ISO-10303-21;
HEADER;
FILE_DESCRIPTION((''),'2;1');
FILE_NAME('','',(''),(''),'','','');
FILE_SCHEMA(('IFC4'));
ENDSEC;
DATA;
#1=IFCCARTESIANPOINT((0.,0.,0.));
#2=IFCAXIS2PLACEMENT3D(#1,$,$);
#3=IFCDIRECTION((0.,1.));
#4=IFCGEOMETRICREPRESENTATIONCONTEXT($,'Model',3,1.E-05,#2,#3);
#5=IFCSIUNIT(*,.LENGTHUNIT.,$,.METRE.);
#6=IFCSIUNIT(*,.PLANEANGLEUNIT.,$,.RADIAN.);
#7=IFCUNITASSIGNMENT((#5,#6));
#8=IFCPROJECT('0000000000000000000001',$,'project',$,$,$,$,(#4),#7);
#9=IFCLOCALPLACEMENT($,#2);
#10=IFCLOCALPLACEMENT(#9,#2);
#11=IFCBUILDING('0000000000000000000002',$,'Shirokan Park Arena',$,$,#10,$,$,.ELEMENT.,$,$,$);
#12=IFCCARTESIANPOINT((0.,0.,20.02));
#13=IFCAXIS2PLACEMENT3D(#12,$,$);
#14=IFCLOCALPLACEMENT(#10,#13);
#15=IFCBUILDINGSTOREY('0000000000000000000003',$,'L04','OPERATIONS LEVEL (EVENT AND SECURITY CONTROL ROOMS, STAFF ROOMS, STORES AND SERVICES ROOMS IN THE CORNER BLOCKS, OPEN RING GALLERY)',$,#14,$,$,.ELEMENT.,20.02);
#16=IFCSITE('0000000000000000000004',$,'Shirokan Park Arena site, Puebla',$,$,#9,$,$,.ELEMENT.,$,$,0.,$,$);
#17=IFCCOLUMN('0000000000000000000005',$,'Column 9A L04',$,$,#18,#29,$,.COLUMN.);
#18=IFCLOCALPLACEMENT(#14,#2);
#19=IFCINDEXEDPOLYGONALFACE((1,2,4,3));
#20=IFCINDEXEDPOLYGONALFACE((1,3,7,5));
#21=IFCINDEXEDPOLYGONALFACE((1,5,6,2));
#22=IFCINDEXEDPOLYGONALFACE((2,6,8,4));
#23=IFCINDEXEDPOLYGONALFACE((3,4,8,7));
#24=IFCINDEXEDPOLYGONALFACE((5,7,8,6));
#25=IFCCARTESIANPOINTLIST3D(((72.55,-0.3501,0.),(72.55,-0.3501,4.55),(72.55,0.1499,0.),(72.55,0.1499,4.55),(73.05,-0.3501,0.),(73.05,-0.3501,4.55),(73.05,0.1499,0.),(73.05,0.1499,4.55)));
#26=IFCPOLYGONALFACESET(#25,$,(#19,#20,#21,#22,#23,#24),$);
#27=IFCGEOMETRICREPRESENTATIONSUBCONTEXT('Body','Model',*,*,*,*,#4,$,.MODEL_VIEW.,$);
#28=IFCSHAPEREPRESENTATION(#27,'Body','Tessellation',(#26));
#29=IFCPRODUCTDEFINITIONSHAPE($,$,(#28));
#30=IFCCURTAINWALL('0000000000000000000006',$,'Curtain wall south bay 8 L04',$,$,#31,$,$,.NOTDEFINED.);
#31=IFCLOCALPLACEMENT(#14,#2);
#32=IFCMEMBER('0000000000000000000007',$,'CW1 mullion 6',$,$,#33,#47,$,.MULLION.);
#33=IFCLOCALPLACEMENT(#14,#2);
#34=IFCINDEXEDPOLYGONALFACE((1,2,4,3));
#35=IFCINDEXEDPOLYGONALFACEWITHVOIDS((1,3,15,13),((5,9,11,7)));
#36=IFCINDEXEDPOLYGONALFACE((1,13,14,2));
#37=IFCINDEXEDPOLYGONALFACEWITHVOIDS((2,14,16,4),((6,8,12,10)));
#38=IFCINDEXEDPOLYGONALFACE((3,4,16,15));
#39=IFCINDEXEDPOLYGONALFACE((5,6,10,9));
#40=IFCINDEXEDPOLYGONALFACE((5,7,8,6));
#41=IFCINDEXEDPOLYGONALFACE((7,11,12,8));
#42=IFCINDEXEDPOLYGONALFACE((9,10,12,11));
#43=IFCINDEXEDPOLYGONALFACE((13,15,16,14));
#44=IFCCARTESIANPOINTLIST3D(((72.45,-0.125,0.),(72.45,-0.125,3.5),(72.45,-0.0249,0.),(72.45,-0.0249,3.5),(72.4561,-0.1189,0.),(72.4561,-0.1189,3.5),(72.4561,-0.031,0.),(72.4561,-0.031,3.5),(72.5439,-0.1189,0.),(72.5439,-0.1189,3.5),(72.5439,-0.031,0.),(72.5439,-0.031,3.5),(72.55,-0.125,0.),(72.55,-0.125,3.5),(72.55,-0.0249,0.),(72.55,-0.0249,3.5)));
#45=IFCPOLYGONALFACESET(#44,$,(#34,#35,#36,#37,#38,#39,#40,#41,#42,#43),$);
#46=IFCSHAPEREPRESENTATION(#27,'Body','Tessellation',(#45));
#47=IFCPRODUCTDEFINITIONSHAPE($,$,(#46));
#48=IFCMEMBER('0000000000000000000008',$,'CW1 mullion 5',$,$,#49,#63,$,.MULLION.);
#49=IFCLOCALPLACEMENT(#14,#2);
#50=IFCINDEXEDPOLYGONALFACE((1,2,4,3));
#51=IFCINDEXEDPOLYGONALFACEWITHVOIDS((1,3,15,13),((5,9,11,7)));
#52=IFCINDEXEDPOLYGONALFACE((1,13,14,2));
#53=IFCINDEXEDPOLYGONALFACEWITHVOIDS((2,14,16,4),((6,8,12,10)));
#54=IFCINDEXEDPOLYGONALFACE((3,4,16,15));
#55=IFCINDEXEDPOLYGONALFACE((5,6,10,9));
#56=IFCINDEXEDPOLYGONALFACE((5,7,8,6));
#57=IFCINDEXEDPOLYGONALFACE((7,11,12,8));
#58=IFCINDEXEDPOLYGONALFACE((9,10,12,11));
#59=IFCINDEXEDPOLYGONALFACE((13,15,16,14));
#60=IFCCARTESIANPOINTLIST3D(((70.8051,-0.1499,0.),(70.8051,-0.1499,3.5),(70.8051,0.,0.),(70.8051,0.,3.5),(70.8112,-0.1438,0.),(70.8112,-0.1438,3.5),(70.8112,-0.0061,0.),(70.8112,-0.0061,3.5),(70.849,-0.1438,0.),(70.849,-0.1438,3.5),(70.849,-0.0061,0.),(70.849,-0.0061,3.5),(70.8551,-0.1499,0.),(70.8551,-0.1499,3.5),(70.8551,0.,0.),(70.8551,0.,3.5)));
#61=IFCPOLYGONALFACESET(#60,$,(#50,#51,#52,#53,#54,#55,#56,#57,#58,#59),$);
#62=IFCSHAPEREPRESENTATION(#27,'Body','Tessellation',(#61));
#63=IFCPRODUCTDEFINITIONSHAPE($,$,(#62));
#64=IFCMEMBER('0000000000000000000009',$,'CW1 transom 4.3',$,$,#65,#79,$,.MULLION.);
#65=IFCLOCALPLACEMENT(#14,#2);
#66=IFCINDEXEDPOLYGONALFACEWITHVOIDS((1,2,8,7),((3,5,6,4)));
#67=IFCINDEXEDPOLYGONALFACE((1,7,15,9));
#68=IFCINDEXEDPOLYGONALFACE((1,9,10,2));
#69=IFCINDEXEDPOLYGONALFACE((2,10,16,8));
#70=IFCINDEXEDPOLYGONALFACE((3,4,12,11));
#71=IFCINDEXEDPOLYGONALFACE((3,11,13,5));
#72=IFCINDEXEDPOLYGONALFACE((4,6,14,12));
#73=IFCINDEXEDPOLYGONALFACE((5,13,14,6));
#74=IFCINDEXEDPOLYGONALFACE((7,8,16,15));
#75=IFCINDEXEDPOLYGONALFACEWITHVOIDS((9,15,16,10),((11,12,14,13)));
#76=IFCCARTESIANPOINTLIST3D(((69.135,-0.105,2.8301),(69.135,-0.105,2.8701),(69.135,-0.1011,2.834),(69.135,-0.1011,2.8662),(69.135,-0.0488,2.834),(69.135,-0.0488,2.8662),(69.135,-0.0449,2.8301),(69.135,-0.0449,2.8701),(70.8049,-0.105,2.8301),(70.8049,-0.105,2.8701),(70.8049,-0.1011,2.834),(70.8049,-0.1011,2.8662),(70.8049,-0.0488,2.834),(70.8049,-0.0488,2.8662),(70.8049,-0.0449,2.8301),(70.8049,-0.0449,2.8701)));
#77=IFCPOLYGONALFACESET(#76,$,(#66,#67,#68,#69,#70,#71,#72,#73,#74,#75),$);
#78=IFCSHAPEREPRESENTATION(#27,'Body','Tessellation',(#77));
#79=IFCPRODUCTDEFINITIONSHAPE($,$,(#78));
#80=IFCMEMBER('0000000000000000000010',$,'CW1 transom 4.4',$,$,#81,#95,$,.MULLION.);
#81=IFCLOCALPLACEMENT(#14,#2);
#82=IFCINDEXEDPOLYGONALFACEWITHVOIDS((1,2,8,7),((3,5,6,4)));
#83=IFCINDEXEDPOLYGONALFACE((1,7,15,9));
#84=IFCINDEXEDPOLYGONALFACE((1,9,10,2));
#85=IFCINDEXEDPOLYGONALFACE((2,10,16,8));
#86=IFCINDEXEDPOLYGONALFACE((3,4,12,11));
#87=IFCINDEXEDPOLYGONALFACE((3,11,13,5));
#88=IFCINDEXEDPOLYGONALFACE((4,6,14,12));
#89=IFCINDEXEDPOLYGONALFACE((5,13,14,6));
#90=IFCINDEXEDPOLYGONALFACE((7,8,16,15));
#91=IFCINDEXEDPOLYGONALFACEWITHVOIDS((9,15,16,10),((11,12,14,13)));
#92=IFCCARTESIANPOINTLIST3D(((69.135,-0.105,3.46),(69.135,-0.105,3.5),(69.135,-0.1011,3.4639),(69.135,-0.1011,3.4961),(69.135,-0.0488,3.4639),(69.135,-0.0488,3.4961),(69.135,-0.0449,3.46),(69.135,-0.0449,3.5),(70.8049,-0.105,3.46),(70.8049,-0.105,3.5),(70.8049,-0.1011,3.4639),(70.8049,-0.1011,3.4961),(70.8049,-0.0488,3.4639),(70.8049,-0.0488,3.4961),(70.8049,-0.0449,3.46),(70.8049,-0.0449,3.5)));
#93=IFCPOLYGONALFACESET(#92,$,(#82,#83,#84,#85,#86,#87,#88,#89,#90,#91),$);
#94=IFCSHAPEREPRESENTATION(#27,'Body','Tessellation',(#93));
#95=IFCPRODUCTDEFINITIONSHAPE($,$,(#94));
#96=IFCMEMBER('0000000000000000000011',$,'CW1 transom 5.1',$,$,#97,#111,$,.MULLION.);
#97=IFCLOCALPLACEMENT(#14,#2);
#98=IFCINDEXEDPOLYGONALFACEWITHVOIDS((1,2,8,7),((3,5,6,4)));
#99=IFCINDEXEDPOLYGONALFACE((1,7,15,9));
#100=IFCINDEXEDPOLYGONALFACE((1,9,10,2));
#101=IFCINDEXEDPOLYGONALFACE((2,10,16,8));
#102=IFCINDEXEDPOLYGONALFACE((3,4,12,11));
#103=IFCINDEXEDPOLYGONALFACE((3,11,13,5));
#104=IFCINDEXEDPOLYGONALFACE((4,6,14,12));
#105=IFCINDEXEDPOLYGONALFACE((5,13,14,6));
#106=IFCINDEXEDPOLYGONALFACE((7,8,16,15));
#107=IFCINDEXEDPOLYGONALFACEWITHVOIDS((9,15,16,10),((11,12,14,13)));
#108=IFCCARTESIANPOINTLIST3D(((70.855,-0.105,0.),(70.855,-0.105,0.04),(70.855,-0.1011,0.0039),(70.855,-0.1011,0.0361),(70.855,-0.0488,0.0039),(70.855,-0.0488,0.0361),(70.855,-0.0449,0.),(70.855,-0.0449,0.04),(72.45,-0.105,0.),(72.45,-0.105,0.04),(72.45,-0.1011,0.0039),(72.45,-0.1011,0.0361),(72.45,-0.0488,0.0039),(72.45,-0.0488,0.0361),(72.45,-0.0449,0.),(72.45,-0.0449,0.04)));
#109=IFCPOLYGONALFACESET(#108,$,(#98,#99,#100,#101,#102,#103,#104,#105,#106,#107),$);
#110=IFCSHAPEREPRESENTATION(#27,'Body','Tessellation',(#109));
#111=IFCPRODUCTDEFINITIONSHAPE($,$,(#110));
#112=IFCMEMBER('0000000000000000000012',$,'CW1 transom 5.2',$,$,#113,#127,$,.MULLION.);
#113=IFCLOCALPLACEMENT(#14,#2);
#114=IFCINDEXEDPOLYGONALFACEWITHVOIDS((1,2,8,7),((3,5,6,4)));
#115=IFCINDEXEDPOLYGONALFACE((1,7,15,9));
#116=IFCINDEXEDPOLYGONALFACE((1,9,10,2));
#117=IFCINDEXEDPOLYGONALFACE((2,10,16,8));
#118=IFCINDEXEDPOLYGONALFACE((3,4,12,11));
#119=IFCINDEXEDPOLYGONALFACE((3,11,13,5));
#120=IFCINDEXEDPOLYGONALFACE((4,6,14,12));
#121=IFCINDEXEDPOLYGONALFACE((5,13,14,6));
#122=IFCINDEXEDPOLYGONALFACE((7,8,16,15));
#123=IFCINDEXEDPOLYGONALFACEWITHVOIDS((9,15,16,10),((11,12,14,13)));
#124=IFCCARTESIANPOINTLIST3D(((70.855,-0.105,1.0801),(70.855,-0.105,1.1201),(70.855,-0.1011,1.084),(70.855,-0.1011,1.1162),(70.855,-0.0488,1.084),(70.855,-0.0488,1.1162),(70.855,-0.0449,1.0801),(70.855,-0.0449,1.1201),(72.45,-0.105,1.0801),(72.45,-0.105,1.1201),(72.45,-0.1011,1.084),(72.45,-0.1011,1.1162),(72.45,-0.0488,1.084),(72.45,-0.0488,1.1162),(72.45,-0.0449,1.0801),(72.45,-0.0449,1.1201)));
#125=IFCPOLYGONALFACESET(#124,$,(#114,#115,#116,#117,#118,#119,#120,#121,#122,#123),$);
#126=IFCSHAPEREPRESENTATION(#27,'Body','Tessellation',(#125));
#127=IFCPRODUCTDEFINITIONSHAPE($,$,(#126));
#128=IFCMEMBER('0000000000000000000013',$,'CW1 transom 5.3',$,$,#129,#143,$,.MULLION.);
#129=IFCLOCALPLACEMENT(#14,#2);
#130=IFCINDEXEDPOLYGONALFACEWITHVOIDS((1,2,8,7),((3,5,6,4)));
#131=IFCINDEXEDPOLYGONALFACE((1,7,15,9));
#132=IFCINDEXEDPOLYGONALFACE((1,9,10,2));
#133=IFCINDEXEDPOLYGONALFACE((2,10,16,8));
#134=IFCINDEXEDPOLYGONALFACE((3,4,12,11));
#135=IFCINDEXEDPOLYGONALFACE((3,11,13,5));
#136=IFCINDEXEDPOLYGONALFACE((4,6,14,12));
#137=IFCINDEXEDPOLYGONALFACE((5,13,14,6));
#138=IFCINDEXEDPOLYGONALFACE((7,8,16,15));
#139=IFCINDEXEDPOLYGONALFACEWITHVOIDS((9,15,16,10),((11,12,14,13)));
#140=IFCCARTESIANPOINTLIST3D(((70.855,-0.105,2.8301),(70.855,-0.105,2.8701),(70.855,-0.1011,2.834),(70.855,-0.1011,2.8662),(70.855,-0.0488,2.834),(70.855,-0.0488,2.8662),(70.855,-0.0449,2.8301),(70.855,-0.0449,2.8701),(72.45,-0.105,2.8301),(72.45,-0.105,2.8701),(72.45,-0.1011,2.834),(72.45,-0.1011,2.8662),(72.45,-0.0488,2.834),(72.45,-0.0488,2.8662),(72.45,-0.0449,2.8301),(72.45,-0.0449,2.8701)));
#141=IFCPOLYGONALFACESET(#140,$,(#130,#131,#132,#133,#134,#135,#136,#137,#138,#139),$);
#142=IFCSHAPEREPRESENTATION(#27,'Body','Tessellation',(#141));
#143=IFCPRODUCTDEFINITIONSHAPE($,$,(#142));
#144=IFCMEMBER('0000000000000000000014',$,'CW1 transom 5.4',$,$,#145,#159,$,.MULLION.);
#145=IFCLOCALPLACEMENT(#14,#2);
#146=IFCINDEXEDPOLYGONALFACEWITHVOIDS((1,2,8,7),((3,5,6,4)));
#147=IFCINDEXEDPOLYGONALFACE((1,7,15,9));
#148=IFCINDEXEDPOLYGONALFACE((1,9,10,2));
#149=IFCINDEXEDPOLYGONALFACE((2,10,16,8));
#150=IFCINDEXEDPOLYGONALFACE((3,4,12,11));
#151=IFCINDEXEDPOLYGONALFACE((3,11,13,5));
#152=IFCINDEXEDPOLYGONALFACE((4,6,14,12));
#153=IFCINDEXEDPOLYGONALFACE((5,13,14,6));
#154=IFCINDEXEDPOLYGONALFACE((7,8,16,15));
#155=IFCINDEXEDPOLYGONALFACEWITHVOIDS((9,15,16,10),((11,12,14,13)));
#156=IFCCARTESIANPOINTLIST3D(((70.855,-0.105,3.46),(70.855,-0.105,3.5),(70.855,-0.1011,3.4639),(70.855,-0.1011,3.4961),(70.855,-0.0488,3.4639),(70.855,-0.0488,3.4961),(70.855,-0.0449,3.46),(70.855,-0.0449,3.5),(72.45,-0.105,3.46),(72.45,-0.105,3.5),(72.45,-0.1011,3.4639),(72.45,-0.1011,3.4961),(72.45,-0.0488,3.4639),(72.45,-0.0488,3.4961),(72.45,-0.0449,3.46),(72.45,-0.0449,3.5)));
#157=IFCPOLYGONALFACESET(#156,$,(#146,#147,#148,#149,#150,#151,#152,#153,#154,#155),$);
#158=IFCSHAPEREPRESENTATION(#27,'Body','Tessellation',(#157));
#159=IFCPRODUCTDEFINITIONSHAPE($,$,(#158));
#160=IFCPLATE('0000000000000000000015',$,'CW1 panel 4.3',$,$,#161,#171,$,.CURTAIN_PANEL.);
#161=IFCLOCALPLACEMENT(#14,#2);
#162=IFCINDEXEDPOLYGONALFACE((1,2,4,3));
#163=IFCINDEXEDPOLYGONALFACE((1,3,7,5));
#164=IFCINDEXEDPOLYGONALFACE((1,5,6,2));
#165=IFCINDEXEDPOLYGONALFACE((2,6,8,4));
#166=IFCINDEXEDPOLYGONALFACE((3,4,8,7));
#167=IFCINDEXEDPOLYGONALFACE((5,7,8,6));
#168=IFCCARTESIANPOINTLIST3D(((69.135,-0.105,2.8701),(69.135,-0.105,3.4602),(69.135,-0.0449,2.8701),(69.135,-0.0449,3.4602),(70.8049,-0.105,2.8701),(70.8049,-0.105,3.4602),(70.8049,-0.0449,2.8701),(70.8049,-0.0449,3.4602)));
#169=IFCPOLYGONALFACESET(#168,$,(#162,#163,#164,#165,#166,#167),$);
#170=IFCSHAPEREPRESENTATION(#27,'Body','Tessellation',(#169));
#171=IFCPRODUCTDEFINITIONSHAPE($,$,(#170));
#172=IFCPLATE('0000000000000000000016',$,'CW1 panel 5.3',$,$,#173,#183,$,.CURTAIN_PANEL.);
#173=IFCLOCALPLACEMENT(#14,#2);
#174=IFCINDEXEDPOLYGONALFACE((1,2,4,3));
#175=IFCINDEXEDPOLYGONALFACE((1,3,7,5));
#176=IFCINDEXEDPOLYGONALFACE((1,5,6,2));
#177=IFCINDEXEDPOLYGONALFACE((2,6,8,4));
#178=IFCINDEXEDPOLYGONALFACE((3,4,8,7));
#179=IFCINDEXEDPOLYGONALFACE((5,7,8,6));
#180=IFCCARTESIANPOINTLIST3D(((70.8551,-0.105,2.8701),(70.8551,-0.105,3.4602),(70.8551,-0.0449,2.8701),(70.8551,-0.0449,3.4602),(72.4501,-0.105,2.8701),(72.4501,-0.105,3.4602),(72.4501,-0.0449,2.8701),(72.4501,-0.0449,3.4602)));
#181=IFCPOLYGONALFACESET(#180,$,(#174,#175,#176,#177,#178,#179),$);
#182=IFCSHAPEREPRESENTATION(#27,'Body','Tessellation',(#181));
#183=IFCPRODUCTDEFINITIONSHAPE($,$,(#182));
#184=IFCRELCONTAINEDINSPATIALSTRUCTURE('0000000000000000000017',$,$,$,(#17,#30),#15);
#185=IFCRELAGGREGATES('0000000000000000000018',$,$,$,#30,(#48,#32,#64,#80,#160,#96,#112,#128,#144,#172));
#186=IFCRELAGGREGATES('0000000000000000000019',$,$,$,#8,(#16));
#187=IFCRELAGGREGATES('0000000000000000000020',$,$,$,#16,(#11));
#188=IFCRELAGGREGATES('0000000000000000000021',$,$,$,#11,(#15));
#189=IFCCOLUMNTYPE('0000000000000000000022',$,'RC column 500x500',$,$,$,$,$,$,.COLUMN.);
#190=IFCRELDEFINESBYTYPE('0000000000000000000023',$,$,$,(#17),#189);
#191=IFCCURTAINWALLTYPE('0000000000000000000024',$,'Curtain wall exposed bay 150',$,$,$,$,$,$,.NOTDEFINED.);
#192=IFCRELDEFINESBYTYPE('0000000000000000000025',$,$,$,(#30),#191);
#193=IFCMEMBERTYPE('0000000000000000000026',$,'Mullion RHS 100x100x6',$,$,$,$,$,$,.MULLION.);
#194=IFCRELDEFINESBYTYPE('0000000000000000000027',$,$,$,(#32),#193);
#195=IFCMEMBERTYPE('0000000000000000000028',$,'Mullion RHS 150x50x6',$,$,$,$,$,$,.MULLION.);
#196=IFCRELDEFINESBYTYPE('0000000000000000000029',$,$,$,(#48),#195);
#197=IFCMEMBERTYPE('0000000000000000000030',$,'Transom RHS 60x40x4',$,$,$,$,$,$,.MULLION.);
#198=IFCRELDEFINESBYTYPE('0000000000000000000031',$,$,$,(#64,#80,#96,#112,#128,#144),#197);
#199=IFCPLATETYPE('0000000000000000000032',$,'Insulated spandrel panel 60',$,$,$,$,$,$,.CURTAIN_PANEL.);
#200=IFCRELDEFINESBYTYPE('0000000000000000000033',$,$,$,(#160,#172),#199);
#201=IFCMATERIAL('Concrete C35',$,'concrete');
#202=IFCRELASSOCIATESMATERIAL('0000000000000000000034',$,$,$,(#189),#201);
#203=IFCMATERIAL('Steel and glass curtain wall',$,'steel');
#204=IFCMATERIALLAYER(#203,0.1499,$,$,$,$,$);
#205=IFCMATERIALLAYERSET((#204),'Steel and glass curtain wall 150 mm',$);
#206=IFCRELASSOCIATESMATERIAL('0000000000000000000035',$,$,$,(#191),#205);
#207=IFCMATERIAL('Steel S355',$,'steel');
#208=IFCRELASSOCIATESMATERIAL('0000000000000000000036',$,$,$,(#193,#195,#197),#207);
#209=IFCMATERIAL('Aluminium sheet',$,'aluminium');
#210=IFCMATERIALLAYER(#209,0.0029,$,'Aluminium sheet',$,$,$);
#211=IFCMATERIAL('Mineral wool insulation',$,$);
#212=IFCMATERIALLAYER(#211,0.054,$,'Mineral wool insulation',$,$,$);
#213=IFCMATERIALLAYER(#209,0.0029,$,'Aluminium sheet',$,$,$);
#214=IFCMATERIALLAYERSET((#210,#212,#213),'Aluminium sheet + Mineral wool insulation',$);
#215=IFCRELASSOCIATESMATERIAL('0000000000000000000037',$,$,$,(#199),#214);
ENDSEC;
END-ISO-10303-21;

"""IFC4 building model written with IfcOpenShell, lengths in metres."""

from ifc_helpers import new_model, si_unit, direction, frame, origin, origin_2d, place, context, subcontext, project, spatial, rectangle, hollow_rectangle, extrude, material, layer, layer_set, material_profile, profile_set, type_object, element, aggregate, save


model = new_model("IFC4")

# Units and contexts
model_context = context("Model", 3, precision=1e-05, world=origin(), true_north=direction((0.0, 1.0)))
body_context = subcontext(model_context, "Body", "Model", "MODEL_VIEW")
ifc_project = project(units=[si_unit("LENGTHUNIT", "METRE"), si_unit("PLANEANGLEUNIT", "RADIAN")], contexts=[model_context])

# Site, building, storey
site_placement = place(None, origin())
site = spatial("IfcSite", under=ifc_project, at=site_placement, Name="Shirokan Park Arena site, Puebla", CompositionType="ELEMENT", RefElevation=0.0)
building_placement = place(site_placement, origin())
building = spatial("IfcBuilding", under=site, at=building_placement, Name="Shirokan Park Arena", CompositionType="ELEMENT")
storey_placement = place(building_placement, frame((0.0, 0.0, 20.02)))
storey = spatial("IfcBuildingStorey", under=building, at=storey_placement, Name="L04", Description="OPERATIONS LEVEL (EVENT AND SECURITY CONTROL ROOMS, STAFF ROOMS, STORES AND SERVICES ROOMS IN THE CORNER BLOCKS, OPEN RING GALLERY)", CompositionType="ELEMENT", Elevation=20.02)

# Column
ifc_material_1 = material(Name="Concrete C35", Category="concrete")
ifc_material_profile_1 = material_profile(ifc_material_1, rectangle(XDim=0.5, YDim=0.5, at=origin_2d()), Name="500x500")
ifc_profile_set_1 = profile_set([ifc_material_profile_1], Name="Concrete C35")
column_type = type_object("IfcColumnType", Name="RC column 500x500", PredefinedType="COLUMN", material=ifc_profile_set_1)
column_placement = place(storey_placement, frame((72.8, -0.1001, 0.0), z_axis=(0.0, 0.0, 1.0), x_axis=(1.0, 0.0, 0.0)))
element("IfcColumn", 1, at=column_placement, inside=storey, type_object=column_type, Name="Column 9A L04", PredefinedType="COLUMN", context=body_context, shape_type="SweptSolid", body=[
    extrude(rectangle(XDim=0.5, YDim=0.5, at=origin_2d()), origin(), (0.0, 0.0, 1.0), 4.55),
])

# Curtain wall, members, plates
ifc_material_2 = material(Name="Steel and glass curtain wall", Category="steel")
ifc_layer_1 = layer(ifc_material_2, 0.1499)
ifc_layer_set_1 = layer_set([ifc_layer_1], Name="Steel and glass curtain wall 150 mm")
curtain_wall_type = type_object("IfcCurtainWallType", Name="Curtain wall exposed bay 150", PredefinedType="NOTDEFINED", material=ifc_layer_set_1)
curtain_wall_placement = place(storey_placement, origin())
curtain_wall = element("IfcCurtainWall", 2, at=curtain_wall_placement, inside=storey, type_object=curtain_wall_type, Name="Curtain wall south bay 8 L04", PredefinedType="NOTDEFINED")
ifc_material_3 = material(Name="Steel S355", Category="steel")
ifc_material_profile_2 = material_profile(ifc_material_3, hollow_rectangle(XDim=0.1001, YDim=0.1001, WallThickness=0.0061, at=origin_2d()), Name="RHS 100x100x6")
ifc_profile_set_2 = profile_set([ifc_material_profile_2], Name="Steel S355")
member_type_1 = type_object("IfcMemberType", Name="Mullion RHS 100x100x6", PredefinedType="MULLION", material=ifc_profile_set_2)
member_1_placement = place(storey_placement, frame((72.5, -0.075, 0.0), z_axis=(0.0, 0.0, 1.0), x_axis=(0.0, 1.0, 0.0)))
member_1 = element("IfcMember", 3, at=member_1_placement, type_object=member_type_1, Name="CW1 mullion 6", PredefinedType="MULLION", context=body_context, shape_type="SweptSolid", body=[
    extrude(hollow_rectangle(XDim=0.1001, YDim=0.1001, WallThickness=0.0061, at=origin_2d()), origin(), (0.0, 0.0, 1.0), 3.5),
])
ifc_material_profile_3 = material_profile(ifc_material_3, hollow_rectangle(XDim=0.1499, YDim=0.05, WallThickness=0.0061, at=origin_2d()), Name="RHS 150x50x6")
ifc_profile_set_3 = profile_set([ifc_material_profile_3], Name="Steel S355")
member_type_2 = type_object("IfcMemberType", Name="Mullion RHS 150x50x6", PredefinedType="MULLION", material=ifc_profile_set_3)
member_2_placement = place(storey_placement, frame((70.8301, -0.075, 0.0), z_axis=(0.0, 0.0, 1.0), x_axis=(0.0, 1.0, 0.0)))
member_2 = element("IfcMember", 4, at=member_2_placement, type_object=member_type_2, Name="CW1 mullion 5", PredefinedType="MULLION", context=body_context, shape_type="SweptSolid", body=[
    extrude(hollow_rectangle(XDim=0.1499, YDim=0.05, WallThickness=0.0061, at=origin_2d()), origin(), (0.0, 0.0, 1.0), 3.5),
])
ifc_material_profile_4 = material_profile(ifc_material_3, hollow_rectangle(XDim=0.0601, YDim=0.04, WallThickness=0.0039, at=origin_2d()), Name="RHS 60x40x4")
ifc_profile_set_4 = profile_set([ifc_material_profile_4], Name="Steel S355")
member_type_3 = type_object("IfcMemberType", Name="Transom RHS 60x40x4", PredefinedType="MULLION", material=ifc_profile_set_4)
member_3_placement = place(storey_placement, frame((69.135, -0.075, 2.8501), z_axis=(1.0, 0.0, 0.0), x_axis=(0.0, 1.0, 0.0)))
member_3 = element("IfcMember", 5, at=member_3_placement, type_object=member_type_3, Name="CW1 transom 4.3", PredefinedType="MULLION", context=body_context, shape_type="SweptSolid", body=[
    extrude(hollow_rectangle(XDim=0.0601, YDim=0.04, WallThickness=0.0039, at=origin_2d()), origin(), (0.0, 0.0, 1.0), 1.6699),
])
member_4_placement = place(storey_placement, frame((69.135, -0.075, 3.48), z_axis=(1.0, 0.0, 0.0), x_axis=(0.0, 1.0, 0.0)))
member_4 = element("IfcMember", 6, at=member_4_placement, type_object=member_type_3, Name="CW1 transom 4.4", PredefinedType="MULLION", context=body_context, shape_type="SweptSolid", body=[
    extrude(hollow_rectangle(XDim=0.0601, YDim=0.04, WallThickness=0.0039, at=origin_2d()), origin(), (0.0, 0.0, 1.0), 1.6699),
])
member_5_placement = place(storey_placement, frame((70.855, -0.075, 0.02), z_axis=(1.0, 0.0, 0.0), x_axis=(0.0, 1.0, 0.0)))
member_5 = element("IfcMember", 7, at=member_5_placement, type_object=member_type_3, Name="CW1 transom 5.1", PredefinedType="MULLION", context=body_context, shape_type="SweptSolid", body=[
    extrude(hollow_rectangle(XDim=0.0601, YDim=0.04, WallThickness=0.0039, at=origin_2d()), origin(), (0.0, 0.0, 1.0), 1.595),
])
member_6_placement = place(storey_placement, frame((70.855, -0.075, 1.1001), z_axis=(1.0, 0.0, 0.0), x_axis=(0.0, 1.0, 0.0)))
member_6 = element("IfcMember", 8, at=member_6_placement, type_object=member_type_3, Name="CW1 transom 5.2", PredefinedType="MULLION", context=body_context, shape_type="SweptSolid", body=[
    extrude(hollow_rectangle(XDim=0.0601, YDim=0.04, WallThickness=0.0039, at=origin_2d()), origin(), (0.0, 0.0, 1.0), 1.595),
])
member_7_placement = place(storey_placement, frame((70.855, -0.075, 2.8501), z_axis=(1.0, 0.0, 0.0), x_axis=(0.0, 1.0, 0.0)))
member_7 = element("IfcMember", 9, at=member_7_placement, type_object=member_type_3, Name="CW1 transom 5.3", PredefinedType="MULLION", context=body_context, shape_type="SweptSolid", body=[
    extrude(hollow_rectangle(XDim=0.0601, YDim=0.04, WallThickness=0.0039, at=origin_2d()), origin(), (0.0, 0.0, 1.0), 1.595),
])
member_8_placement = place(storey_placement, frame((70.855, -0.075, 3.48), z_axis=(1.0, 0.0, 0.0), x_axis=(0.0, 1.0, 0.0)))
member_8 = element("IfcMember", 10, at=member_8_placement, type_object=member_type_3, Name="CW1 transom 5.4", PredefinedType="MULLION", context=body_context, shape_type="SweptSolid", body=[
    extrude(hollow_rectangle(XDim=0.0601, YDim=0.04, WallThickness=0.0039, at=origin_2d()), origin(), (0.0, 0.0, 1.0), 1.595),
])
ifc_material_4 = material(Name="Aluminium sheet", Category="aluminium")
ifc_layer_2 = layer(ifc_material_4, 0.0029, Name="Aluminium sheet")
ifc_material_5 = material(Name="Mineral wool insulation")
ifc_layer_3 = layer(ifc_material_5, 0.054, Name="Mineral wool insulation")
ifc_layer_4 = layer(ifc_material_4, 0.0029, Name="Aluminium sheet")
ifc_layer_set_2 = layer_set([ifc_layer_2, ifc_layer_3, ifc_layer_4], Name="Aluminium sheet + Mineral wool insulation")
plate_type_1 = type_object("IfcPlateType", Name="Insulated spandrel panel 60", PredefinedType="CURTAIN_PANEL", material=ifc_layer_set_2)
plate_1_placement = place(storey_placement, frame((69.97, -0.075, 2.8701), z_axis=(0.0, 0.0, 1.0), x_axis=(1.0, 0.0, 0.0)))
plate_1 = element("IfcPlate", 11, at=plate_1_placement, type_object=plate_type_1, Name="CW1 panel 4.3", PredefinedType="CURTAIN_PANEL", context=body_context, shape_type="SweptSolid", body=[
    extrude(rectangle(XDim=1.6699, YDim=0.0601, at=origin_2d()), origin(), (0.0, 0.0, 1.0), 0.5901),
])
plate_2_placement = place(storey_placement, frame((71.6526, -0.075, 2.8701), z_axis=(0.0, 0.0, 1.0), x_axis=(1.0, 0.0, 0.0)))
plate_2 = element("IfcPlate", 12, at=plate_2_placement, type_object=plate_type_1, Name="CW1 panel 5.3", PredefinedType="CURTAIN_PANEL", context=body_context, shape_type="SweptSolid", body=[
    extrude(rectangle(XDim=1.595, YDim=0.0601, at=origin_2d()), origin(), (0.0, 0.0, 1.0), 0.5901),
])
aggregate(curtain_wall, [member_2, member_1, member_3, member_4, plate_1, member_5, member_6, member_7, member_8, plate_2])

save(model, "model.ifc")
